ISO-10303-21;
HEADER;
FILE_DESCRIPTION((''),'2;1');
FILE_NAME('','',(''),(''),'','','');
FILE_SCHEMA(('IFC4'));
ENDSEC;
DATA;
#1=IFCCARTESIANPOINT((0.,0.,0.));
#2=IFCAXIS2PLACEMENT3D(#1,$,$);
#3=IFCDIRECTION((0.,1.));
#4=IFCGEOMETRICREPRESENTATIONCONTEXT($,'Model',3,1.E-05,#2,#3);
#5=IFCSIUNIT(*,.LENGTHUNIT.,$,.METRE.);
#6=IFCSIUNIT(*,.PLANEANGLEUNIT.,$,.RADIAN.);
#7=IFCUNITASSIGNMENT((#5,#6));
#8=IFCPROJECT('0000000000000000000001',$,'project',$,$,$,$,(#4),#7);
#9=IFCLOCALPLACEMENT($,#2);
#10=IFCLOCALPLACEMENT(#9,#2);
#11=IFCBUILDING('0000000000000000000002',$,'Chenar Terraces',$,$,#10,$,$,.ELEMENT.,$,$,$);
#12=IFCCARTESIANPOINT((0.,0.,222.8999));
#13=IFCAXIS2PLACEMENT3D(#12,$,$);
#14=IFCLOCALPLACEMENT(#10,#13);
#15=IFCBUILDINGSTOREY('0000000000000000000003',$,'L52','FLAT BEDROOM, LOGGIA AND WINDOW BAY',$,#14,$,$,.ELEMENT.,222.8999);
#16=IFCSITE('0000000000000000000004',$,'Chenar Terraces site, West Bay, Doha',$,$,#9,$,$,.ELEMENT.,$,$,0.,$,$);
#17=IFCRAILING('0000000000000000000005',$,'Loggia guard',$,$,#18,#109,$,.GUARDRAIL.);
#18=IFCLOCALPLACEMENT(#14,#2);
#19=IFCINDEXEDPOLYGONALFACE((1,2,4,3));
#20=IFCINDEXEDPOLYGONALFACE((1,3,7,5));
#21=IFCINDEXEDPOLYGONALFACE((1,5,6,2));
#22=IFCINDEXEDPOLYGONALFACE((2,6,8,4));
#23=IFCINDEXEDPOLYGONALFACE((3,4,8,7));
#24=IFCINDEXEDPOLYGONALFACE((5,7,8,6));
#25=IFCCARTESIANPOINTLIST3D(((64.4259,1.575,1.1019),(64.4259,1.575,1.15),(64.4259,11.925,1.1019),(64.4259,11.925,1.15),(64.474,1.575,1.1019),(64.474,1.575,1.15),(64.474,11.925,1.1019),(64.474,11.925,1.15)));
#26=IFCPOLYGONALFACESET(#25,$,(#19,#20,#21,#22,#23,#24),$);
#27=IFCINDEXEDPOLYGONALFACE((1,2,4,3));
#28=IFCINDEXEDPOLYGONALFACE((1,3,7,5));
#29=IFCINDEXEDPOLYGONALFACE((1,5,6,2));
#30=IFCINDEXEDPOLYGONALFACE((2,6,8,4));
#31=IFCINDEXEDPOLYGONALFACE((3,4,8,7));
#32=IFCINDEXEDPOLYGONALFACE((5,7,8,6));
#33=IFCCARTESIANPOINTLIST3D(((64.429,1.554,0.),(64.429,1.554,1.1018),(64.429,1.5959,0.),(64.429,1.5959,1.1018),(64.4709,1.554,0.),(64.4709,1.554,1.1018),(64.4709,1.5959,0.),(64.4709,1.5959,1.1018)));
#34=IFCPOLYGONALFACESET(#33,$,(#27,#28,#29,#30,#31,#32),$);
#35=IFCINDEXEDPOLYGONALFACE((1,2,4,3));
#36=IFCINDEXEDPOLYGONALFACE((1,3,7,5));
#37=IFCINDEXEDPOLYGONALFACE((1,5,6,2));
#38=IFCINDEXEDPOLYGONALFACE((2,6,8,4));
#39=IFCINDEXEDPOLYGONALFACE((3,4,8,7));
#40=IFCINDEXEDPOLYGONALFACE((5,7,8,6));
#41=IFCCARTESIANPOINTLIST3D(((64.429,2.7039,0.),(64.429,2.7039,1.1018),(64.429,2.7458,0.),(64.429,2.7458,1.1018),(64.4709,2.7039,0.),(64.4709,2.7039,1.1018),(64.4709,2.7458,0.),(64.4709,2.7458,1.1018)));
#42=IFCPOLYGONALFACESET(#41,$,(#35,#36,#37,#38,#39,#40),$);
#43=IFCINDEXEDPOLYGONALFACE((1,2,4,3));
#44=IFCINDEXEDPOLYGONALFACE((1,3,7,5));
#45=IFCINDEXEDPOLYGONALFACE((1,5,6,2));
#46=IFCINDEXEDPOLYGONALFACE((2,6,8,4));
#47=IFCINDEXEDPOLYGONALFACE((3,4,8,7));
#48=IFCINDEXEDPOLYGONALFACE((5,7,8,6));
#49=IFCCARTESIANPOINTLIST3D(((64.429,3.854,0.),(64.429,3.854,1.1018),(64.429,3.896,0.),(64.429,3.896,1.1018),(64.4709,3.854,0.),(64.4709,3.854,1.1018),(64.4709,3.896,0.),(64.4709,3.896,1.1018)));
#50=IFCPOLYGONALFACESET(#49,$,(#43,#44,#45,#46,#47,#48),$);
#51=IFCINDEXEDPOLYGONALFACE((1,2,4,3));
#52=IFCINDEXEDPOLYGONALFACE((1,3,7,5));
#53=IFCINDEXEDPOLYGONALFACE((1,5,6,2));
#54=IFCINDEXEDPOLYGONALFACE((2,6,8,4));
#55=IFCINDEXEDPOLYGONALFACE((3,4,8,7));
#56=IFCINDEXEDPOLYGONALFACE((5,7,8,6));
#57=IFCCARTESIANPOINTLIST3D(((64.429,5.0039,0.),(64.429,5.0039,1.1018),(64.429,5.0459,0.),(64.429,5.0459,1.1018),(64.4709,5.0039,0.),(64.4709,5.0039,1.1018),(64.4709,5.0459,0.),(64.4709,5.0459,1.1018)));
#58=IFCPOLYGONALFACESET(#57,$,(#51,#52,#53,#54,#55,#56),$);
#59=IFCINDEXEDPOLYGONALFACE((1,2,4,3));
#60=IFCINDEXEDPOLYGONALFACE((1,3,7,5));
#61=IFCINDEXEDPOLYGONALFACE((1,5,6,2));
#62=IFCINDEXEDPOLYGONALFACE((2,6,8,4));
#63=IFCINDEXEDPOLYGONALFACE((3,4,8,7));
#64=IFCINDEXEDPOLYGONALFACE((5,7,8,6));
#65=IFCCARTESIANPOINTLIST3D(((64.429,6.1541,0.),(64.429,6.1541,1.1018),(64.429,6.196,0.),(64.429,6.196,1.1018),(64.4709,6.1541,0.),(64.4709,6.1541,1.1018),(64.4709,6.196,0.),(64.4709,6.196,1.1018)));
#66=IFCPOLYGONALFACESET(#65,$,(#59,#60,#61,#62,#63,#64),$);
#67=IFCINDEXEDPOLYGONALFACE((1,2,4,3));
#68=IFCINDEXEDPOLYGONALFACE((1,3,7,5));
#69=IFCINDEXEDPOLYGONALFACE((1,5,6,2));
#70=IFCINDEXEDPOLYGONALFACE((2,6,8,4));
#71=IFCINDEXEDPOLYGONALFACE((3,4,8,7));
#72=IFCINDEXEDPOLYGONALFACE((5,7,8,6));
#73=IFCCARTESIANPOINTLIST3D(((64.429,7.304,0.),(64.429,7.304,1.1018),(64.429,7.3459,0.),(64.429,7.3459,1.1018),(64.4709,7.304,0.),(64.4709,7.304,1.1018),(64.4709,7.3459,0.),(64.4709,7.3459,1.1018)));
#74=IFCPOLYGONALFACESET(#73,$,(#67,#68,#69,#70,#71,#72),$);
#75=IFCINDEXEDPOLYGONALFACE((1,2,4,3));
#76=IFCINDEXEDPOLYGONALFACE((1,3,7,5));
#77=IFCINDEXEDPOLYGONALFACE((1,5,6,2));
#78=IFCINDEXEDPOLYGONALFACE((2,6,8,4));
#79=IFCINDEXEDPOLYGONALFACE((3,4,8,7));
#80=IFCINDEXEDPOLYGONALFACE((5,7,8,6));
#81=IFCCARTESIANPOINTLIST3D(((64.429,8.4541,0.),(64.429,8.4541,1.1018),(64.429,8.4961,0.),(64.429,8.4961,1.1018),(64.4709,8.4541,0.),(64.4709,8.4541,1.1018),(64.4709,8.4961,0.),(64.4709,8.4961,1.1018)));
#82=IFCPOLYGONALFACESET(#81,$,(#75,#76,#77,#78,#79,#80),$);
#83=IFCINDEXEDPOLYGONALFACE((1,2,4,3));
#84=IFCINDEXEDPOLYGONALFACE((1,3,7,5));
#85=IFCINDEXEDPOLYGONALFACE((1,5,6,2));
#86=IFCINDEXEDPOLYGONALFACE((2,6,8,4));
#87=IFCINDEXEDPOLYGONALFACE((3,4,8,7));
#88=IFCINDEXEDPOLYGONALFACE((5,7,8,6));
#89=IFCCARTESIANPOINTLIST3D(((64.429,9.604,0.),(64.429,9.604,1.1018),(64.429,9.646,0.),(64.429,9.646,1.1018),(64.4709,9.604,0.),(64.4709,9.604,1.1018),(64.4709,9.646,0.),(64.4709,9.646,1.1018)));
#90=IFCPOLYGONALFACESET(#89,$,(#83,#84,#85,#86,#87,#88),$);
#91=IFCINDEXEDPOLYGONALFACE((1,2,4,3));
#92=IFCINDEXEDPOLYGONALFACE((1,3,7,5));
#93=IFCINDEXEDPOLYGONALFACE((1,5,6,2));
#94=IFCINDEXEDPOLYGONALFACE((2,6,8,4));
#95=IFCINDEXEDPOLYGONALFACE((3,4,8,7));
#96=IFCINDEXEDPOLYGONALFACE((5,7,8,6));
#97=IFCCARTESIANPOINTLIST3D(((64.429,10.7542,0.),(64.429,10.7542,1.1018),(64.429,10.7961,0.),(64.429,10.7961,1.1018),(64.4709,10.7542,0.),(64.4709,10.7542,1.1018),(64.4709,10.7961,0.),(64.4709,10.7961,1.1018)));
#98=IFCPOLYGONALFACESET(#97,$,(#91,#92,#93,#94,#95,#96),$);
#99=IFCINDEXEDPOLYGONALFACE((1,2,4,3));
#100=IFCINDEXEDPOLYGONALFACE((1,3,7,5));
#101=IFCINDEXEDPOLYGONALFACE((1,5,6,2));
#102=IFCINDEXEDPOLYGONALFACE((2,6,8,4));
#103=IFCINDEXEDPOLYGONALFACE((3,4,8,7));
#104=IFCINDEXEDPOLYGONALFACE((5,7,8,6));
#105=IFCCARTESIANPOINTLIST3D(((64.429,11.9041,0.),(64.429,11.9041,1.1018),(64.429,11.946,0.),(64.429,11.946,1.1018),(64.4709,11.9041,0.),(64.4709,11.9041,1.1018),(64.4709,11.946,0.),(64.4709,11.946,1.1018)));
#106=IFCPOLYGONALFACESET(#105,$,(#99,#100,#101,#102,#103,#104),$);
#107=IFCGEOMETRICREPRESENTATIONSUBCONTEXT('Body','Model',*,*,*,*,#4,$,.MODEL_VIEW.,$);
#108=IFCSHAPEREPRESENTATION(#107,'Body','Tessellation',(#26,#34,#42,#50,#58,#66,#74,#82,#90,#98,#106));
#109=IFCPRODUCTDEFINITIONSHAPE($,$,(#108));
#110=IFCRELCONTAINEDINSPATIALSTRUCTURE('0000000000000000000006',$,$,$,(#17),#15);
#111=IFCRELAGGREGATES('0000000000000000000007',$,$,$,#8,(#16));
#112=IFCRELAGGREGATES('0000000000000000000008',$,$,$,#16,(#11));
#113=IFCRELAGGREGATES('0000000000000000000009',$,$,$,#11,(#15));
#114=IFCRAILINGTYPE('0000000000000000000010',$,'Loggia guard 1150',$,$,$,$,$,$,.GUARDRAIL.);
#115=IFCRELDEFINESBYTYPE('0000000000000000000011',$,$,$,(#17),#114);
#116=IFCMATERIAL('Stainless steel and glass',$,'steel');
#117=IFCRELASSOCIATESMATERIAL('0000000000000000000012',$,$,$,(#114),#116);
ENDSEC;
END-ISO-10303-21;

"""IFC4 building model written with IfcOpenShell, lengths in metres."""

from ifc_helpers import new_model, si_unit, direction, frame, origin, origin_2d, place, context, subcontext, project, spatial, rectangle, extrude, material, type_object, element, save


model = new_model("IFC4")

# Units and contexts
model_context = context("Model", 3, precision=1e-05, world=origin(), true_north=direction((0.0, 1.0)))
body_context = subcontext(model_context, "Body", "Model", "MODEL_VIEW")
ifc_project = project(units=[si_unit("LENGTHUNIT", "METRE"), si_unit("PLANEANGLEUNIT", "RADIAN")], contexts=[model_context])

# Site, building, storey
site_placement = place(None, origin())
site = spatial("IfcSite", under=ifc_project, at=site_placement, Name="Chenar Terraces site, West Bay, Doha", CompositionType="ELEMENT", RefElevation=0.0)
building_placement = place(site_placement, origin())
building = spatial("IfcBuilding", under=site, at=building_placement, Name="Chenar Terraces", CompositionType="ELEMENT")
storey_placement = place(building_placement, frame((0.0, 0.0, 222.8999)))
storey = spatial("IfcBuildingStorey", under=building, at=storey_placement, Name="L52", Description="FLAT BEDROOM, LOGGIA AND WINDOW BAY", CompositionType="ELEMENT", Elevation=222.8999)

# Railing
ifc_material_1 = material(Name="Stainless steel and glass", Category="steel")
railing_type = type_object("IfcRailingType", Name="Loggia guard 1150", PredefinedType="GUARDRAIL", material=ifc_material_1)
railing_placement = place(storey_placement, frame((64.45, 1.575, 0.0)))
element("IfcRailing", 1, at=railing_placement, inside=storey, type_object=railing_type, Name="Loggia guard", PredefinedType="GUARDRAIL", context=body_context, shape_type="SweptSolid", body=[
    extrude(rectangle(XDim=0.0481, YDim=0.0481, at=origin_2d()), frame((0.0, 0.0, 1.126), z_axis=(0.0, 1.0, 0.0), x_axis=(-1.0, 0.0, 0.0)), (0.0, 0.0, 1.0), 10.3501),
    extrude(rectangle(XDim=0.042, YDim=0.042, at=origin_2d()), origin(), (0.0, 0.0, 1.0), 1.1018),
    extrude(rectangle(XDim=0.042, YDim=0.042, at=origin_2d()), frame((0.0, 1.1499, 0.0)), (0.0, 0.0, 1.0), 1.1018),
    extrude(rectangle(XDim=0.042, YDim=0.042, at=origin_2d()), frame((0.0, 2.3, 0.0)), (0.0, 0.0, 1.0), 1.1018),
    extrude(rectangle(XDim=0.042, YDim=0.042, at=origin_2d()), frame((0.0, 3.45, 0.0)), (0.0, 0.0, 1.0), 1.1018),
    extrude(rectangle(XDim=0.042, YDim=0.042, at=origin_2d()), frame((0.0, 4.6001, 0.0)), (0.0, 0.0, 1.0), 1.1018),
    extrude(rectangle(XDim=0.042, YDim=0.042, at=origin_2d()), frame((0.0, 5.75, 0.0)), (0.0, 0.0, 1.0), 1.1018),
    extrude(rectangle(XDim=0.042, YDim=0.042, at=origin_2d()), frame((0.0, 6.9001, 0.0)), (0.0, 0.0, 1.0), 1.1018),
    extrude(rectangle(XDim=0.042, YDim=0.042, at=origin_2d()), frame((0.0, 8.05, 0.0)), (0.0, 0.0, 1.0), 1.1018),
    extrude(rectangle(XDim=0.042, YDim=0.042, at=origin_2d()), frame((0.0, 9.2002, 0.0)), (0.0, 0.0, 1.0), 1.1018),
    extrude(rectangle(XDim=0.042, YDim=0.042, at=origin_2d()), frame((0.0, 10.3501, 0.0)), (0.0, 0.0, 1.0), 1.1018),
])

save(model, "model.ifc")
